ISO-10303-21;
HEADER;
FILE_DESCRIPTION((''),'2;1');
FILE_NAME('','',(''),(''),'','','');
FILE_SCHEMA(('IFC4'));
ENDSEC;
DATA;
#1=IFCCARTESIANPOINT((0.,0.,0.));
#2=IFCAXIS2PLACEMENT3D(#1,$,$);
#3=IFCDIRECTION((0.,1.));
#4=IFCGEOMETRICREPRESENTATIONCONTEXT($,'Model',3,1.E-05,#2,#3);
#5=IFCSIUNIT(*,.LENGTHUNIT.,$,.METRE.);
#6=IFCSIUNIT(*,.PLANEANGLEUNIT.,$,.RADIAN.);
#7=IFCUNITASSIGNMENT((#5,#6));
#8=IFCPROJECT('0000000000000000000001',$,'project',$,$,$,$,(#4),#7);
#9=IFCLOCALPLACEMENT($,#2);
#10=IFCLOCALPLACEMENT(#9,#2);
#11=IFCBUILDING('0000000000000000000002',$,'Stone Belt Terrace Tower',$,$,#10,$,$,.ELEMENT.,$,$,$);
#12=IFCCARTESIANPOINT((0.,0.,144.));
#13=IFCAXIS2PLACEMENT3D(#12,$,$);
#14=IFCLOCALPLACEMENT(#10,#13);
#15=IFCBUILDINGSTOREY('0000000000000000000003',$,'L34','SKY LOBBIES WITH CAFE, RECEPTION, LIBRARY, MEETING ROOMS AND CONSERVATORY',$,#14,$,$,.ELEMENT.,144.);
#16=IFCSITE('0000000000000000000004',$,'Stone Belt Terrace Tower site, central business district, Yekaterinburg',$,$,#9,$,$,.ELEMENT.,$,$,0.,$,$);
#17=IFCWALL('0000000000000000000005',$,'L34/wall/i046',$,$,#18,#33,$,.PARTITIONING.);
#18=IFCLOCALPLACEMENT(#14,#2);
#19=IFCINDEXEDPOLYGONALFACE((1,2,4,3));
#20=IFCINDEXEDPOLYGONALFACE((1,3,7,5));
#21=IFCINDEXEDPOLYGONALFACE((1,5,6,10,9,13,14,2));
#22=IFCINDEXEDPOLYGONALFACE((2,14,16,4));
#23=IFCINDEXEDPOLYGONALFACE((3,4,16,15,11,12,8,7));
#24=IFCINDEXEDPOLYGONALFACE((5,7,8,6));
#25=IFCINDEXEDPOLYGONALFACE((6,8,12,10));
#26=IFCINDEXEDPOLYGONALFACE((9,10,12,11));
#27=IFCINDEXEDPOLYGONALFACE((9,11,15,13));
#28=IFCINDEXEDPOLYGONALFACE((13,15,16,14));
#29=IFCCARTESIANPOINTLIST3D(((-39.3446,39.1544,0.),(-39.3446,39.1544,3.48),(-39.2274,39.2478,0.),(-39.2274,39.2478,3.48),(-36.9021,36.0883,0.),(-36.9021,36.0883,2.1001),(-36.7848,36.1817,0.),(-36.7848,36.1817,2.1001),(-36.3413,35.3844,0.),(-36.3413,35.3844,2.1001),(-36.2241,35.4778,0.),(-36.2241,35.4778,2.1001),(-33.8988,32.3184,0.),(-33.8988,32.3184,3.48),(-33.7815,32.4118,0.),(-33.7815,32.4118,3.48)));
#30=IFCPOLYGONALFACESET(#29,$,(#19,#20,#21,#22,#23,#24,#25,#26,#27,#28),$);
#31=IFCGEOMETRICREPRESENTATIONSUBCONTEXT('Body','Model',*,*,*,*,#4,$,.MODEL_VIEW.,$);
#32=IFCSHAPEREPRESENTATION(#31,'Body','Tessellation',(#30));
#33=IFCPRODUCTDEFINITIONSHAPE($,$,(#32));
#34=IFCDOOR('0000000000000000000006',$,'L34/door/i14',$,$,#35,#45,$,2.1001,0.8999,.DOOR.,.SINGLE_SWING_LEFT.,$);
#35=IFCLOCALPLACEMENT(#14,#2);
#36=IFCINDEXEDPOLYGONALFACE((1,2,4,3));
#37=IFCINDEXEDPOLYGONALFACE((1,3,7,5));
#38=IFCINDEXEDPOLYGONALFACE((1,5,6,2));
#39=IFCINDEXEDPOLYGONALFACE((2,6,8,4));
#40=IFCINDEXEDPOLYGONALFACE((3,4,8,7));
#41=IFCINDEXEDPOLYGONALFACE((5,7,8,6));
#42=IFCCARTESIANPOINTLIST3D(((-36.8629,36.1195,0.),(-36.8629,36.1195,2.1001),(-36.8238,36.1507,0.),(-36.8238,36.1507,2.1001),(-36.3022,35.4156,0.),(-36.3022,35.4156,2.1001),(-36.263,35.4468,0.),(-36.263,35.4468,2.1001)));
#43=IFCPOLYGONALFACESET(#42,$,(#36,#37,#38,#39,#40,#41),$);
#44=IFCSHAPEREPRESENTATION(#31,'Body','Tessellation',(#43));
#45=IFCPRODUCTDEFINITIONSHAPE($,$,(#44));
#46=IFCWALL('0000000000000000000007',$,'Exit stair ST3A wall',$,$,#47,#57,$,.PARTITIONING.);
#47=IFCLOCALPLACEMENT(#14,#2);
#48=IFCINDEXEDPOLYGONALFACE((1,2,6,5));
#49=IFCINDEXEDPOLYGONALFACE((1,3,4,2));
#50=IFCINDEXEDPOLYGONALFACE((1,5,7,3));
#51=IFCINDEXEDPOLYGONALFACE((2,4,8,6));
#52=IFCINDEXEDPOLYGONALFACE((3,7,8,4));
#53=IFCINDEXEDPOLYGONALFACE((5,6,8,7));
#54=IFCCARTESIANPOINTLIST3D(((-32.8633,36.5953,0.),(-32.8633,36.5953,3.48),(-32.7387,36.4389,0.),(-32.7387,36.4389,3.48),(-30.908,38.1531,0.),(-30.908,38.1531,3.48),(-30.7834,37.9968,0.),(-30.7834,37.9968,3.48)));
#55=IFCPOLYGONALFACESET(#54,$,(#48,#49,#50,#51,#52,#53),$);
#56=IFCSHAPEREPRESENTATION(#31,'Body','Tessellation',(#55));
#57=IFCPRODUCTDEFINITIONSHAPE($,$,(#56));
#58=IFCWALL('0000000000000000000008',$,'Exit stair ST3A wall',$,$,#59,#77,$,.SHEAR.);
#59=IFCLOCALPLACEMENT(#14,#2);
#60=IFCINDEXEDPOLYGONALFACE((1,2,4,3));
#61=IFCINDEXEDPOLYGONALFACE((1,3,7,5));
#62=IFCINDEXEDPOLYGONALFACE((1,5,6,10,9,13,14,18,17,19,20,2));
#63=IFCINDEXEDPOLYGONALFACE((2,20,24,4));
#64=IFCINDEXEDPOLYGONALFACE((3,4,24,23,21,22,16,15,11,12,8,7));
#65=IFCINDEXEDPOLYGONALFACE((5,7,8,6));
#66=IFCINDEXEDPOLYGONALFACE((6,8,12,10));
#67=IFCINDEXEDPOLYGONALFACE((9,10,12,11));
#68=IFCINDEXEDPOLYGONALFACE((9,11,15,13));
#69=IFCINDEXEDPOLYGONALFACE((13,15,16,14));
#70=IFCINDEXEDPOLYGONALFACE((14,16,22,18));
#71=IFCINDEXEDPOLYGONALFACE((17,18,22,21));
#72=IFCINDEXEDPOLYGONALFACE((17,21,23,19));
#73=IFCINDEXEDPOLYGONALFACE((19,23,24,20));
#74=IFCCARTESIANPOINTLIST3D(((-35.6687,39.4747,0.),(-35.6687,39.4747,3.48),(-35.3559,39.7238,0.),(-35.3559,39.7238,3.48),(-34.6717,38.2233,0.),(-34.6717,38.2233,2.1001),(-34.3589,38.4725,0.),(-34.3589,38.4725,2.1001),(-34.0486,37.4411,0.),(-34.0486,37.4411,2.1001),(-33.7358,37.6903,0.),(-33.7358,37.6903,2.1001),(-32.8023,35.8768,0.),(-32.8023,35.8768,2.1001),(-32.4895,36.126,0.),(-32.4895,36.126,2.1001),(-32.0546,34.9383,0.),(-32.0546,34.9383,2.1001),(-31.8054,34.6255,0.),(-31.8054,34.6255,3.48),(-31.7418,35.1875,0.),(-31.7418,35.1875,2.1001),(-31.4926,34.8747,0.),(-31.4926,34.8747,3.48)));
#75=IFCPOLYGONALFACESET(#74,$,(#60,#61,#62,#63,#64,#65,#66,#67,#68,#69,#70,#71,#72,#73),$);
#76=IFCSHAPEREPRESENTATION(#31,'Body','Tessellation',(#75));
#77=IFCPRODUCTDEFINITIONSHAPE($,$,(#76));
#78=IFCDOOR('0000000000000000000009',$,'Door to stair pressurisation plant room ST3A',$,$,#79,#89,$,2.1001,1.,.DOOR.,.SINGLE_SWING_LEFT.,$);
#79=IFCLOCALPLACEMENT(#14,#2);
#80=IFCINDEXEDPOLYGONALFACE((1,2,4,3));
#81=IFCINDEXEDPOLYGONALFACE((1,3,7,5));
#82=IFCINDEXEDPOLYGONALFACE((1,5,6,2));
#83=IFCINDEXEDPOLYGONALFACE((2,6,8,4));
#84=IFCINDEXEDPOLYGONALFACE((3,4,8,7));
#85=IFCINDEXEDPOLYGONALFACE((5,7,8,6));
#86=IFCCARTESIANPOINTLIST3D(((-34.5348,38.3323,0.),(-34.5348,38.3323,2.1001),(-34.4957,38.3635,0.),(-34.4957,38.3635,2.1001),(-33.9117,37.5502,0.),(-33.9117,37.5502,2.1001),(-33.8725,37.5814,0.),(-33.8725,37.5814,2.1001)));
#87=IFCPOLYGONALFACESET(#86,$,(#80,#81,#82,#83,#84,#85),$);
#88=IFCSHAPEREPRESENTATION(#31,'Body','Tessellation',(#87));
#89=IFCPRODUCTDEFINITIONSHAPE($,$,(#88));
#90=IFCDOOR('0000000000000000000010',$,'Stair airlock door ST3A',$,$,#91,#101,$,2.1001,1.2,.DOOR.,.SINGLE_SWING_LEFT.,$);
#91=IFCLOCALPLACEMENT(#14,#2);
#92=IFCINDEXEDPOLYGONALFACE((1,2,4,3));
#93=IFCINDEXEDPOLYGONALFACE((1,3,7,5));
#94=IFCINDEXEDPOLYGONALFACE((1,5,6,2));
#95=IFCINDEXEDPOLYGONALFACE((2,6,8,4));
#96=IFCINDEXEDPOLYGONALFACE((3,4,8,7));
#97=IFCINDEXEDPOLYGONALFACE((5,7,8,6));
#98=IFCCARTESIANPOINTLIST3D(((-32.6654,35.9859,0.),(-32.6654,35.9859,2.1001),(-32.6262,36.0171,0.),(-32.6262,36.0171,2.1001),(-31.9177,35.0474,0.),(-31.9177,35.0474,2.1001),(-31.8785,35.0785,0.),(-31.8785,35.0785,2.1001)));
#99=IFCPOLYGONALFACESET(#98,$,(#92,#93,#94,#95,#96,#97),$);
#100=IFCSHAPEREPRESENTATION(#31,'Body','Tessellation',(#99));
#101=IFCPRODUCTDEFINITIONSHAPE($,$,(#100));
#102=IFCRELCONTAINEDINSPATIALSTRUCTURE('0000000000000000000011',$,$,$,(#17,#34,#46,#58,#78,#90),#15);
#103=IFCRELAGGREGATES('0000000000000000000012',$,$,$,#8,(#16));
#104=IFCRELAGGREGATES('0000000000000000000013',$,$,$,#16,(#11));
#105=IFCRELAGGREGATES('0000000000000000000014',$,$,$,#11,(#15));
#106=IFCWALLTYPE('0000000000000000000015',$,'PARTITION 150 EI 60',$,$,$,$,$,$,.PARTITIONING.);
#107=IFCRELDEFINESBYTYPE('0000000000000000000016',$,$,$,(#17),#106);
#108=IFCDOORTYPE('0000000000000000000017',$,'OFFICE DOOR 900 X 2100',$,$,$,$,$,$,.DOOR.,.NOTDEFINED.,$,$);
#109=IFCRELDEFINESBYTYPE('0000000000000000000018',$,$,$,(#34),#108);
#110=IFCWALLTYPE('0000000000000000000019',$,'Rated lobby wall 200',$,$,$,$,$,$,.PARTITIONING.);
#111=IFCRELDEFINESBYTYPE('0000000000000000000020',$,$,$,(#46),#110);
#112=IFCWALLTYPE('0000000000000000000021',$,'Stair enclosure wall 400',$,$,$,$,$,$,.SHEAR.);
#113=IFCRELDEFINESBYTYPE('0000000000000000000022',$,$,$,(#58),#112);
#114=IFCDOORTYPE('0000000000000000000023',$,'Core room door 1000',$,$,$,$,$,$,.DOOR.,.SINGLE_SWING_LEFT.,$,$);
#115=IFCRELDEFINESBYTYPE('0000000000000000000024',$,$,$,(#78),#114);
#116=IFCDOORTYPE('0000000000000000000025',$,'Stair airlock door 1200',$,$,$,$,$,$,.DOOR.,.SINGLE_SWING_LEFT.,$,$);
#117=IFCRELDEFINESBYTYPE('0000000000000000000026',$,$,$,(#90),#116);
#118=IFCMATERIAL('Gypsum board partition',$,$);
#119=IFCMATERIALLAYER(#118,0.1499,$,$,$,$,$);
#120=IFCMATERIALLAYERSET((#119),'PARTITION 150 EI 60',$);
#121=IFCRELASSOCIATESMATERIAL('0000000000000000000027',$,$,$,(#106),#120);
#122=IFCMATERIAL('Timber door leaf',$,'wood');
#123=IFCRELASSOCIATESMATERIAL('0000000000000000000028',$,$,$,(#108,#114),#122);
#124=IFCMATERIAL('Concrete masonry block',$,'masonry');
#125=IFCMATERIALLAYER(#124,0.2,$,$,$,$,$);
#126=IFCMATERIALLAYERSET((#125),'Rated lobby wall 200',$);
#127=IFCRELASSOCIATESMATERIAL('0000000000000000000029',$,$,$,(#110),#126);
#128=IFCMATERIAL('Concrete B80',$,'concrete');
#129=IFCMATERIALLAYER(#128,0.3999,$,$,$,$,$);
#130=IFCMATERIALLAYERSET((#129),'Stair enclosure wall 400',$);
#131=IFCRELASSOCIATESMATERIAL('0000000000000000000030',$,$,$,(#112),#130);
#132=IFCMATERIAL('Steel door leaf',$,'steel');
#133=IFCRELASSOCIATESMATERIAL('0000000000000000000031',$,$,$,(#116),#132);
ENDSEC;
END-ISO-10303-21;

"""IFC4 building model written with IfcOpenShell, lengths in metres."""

from ifc_helpers import new_model, si_unit, direction, frame, frame_2d, origin, place, context, subcontext, project, spatial, rectangle, extrude, material, layer, layer_set, type_object, element, fill, save


model = new_model("IFC4")

# Units and contexts
model_context = context("Model", 3, precision=1e-05, world=origin(), true_north=direction((0.0, 1.0)))
body_context = subcontext(model_context, "Body", "Model", "MODEL_VIEW")
ifc_project = project(units=[si_unit("LENGTHUNIT", "METRE"), si_unit("PLANEANGLEUNIT", "RADIAN")], contexts=[model_context])

# Site, building, storey
site_placement = place(None, origin())
site = spatial("IfcSite", under=ifc_project, at=site_placement, Name="Stone Belt Terrace Tower site, central business district, Yekaterinburg", CompositionType="ELEMENT", RefElevation=0.0)
building_placement = place(site_placement, origin())
building = spatial("IfcBuilding", under=site, at=building_placement, Name="Stone Belt Terrace Tower", CompositionType="ELEMENT")
storey_placement = place(building_placement, frame((0.0, 0.0, 144.0)))
storey = spatial("IfcBuildingStorey", under=building, at=storey_placement, Name="L34", Description="SKY LOBBIES WITH CAFE, RECEPTION, LIBRARY, MEETING ROOMS AND CONSERVATORY", CompositionType="ELEMENT", Elevation=144.0)

# Shared definitions
ifc_material_1 = material(Name="Concrete B80", Category="concrete")

# Shared definitions
ifc_material_2 = material(Name="Gypsum board partition")
ifc_layer_1 = layer(ifc_material_2, 0.1499)
ifc_layer_set_1 = layer_set([ifc_layer_1], Name="PARTITION 150 EI 60")
wall_type_1 = type_object("IfcWallType", Name="PARTITION 150 EI 60", PredefinedType="PARTITIONING", material=ifc_layer_set_1)
ifc_material_3 = material(Name="Timber door leaf", Category="wood")
door_type_1 = type_object("IfcDoorType", Name="OFFICE DOOR 900 X 2100", OperationType="NOTDEFINED", PredefinedType="DOOR", material=ifc_material_3)

# Wall, opening, door
wall_1_placement = place(storey_placement, frame((-33.8401, 32.365, 0.0), z_axis=(0.0, 0.0, 1.0), x_axis=(-0.623093, 0.782148, 0.0)))
wall_1 = element("IfcWall", 1, at=wall_1_placement, inside=storey, type_object=wall_type_1, Name="L34/wall/i046", PredefinedType="PARTITIONING", context=body_context, shape_type="SweptSolid", body=[
    extrude(rectangle(XDim=8.74, YDim=0.1499, at=frame_2d((4.3701, 0.0))), origin(), (0.0, 0.0, 1.0), 3.48),
])
opening_1_placement = place(wall_1_placement, frame((3.9202, 0.0, 0.0)))
opening_1 = element("IfcOpeningElement", 2, at=opening_1_placement, cuts=wall_1, PredefinedType="OPENING", context=body_context, shape_type="SweptSolid", body=[
    extrude(rectangle(XDim=0.8999, YDim=2.1001, at=frame_2d((0.45, 1.05))), frame((0.0, 0.085, 0.0), z_axis=(0.0, -1.0, 0.0), x_axis=(1.0, 0.0, 0.0)), (0.0, 0.0, 1.0), 0.1699),
])
door_1_placement = place(opening_1_placement, origin())
door_1 = element("IfcDoor", 3, at=door_1_placement, inside=storey, type_object=door_type_1, Name="L34/door/i14", OperationType="SINGLE_SWING_LEFT", OverallHeight=2.1001, OverallWidth=0.8999, PredefinedType="DOOR", context=body_context, shape_type="SweptSolid", body=[
    extrude(rectangle(XDim=0.8999, YDim=2.1001, at=frame_2d((0.45, 1.05))), frame((0.0, 0.0249, 0.0), z_axis=(0.0, -1.0, 0.0), x_axis=(1.0, 0.0, 0.0)), (0.0, 0.0, 1.0), 0.05),
])
fill(opening_1, door_1)

# Wall
ifc_material_4 = material(Name="Concrete masonry block", Category="masonry")
ifc_layer_2 = layer(ifc_material_4, 0.2)
ifc_layer_set_2 = layer_set([ifc_layer_2], Name="Rated lobby wall 200")
wall_type_2 = type_object("IfcWallType", Name="Rated lobby wall 200", PredefinedType="PARTITIONING", material=ifc_layer_set_2)
wall_2_placement = place(storey_placement, frame((-30.8457, 38.075, 0.0), z_axis=(0.0, 0.0, 1.0), x_axis=(-0.782115, -0.623134, 0.0)))
element("IfcWall", 4, at=wall_2_placement, inside=storey, type_object=wall_type_2, Name="Exit stair ST3A wall", PredefinedType="PARTITIONING", context=body_context, shape_type="SweptSolid", body=[
    extrude(rectangle(XDim=2.5, YDim=0.2, at=frame_2d((1.25, 0.0))), origin(), (0.0, 0.0, 1.0), 3.48),
])

# Wall, openings, doors
ifc_layer_3 = layer(ifc_material_1, 0.3999)
ifc_layer_set_3 = layer_set([ifc_layer_3], Name="Stair enclosure wall 400")
wall_type_3 = type_object("IfcWallType", Name="Stair enclosure wall 400", PredefinedType="SHEAR", material=ifc_layer_set_3)
wall_3_placement = place(storey_placement, frame((-31.6489, 34.75, 0.0), z_axis=(0.0, 0.0, 1.0), x_axis=(-0.623119, 0.782127, 0.0)))
wall_3 = element("IfcWall", 5, at=wall_3_placement, inside=storey, type_object=wall_type_3, Name="Exit stair ST3A wall", PredefinedType="SHEAR", context=body_context, shape_type="SweptSolid", body=[
    extrude(rectangle(XDim=6.2, YDim=0.3999, at=frame_2d((3.1001, 0.0))), origin(), (0.0, 0.0, 1.0), 3.48),
])
opening_2_placement = place(wall_3_placement, frame((0.3999, 0.0, 0.0)))
opening_2 = element("IfcOpeningElement", 6, at=opening_2_placement, cuts=wall_3, PredefinedType="OPENING", context=body_context, shape_type="SweptSolid", body=[
    extrude(rectangle(XDim=1.2, YDim=2.1001, at=frame_2d((0.6001, 1.05))), frame((0.0, 0.21, 0.0), z_axis=(0.0, -1.0, 0.0), x_axis=(1.0, 0.0, 0.0)), (0.0, 0.0, 1.0), 0.4199),
])
opening_3_placement = place(wall_3_placement, frame((3.6001, 0.0, 0.0)))
opening_3 = element("IfcOpeningElement", 7, at=opening_3_placement, cuts=wall_3, PredefinedType="OPENING", context=body_context, shape_type="SweptSolid", body=[
    extrude(rectangle(XDim=1.0, YDim=2.1001, at=frame_2d((0.5, 1.05))), frame((0.0, 0.21, 0.0), z_axis=(0.0, -1.0, 0.0), x_axis=(1.0, 0.0, 0.0)), (0.0, 0.0, 1.0), 0.4199),
])
door_type_2 = type_object("IfcDoorType", Name="Core room door 1000", OperationType="SINGLE_SWING_LEFT", PredefinedType="DOOR", material=ifc_material_3)
door_2_placement = place(opening_3_placement, origin())
door_2 = element("IfcDoor", 8, at=door_2_placement, inside=storey, type_object=door_type_2, Name="Door to stair pressurisation plant room ST3A", OperationType="SINGLE_SWING_LEFT", OverallHeight=2.1001, OverallWidth=1.0, PredefinedType="DOOR", context=body_context, shape_type="SweptSolid", body=[
    extrude(rectangle(XDim=1.0, YDim=2.1001, at=frame_2d((0.5, 1.05))), frame((0.0, 0.0249, 0.0), z_axis=(0.0, -1.0, 0.0), x_axis=(1.0, 0.0, 0.0)), (0.0, 0.0, 1.0), 0.05),
])
fill(opening_3, door_2)
ifc_material_5 = material(Name="Steel door leaf", Category="steel")
door_type_3 = type_object("IfcDoorType", Name="Stair airlock door 1200", OperationType="SINGLE_SWING_LEFT", PredefinedType="DOOR", material=ifc_material_5)
door_3_placement = place(opening_2_placement, origin())
door_3 = element("IfcDoor", 9, at=door_3_placement, inside=storey, type_object=door_type_3, Name="Stair airlock door ST3A", OperationType="SINGLE_SWING_LEFT", OverallHeight=2.1001, OverallWidth=1.2, PredefinedType="DOOR", context=body_context, shape_type="SweptSolid", body=[
    extrude(rectangle(XDim=1.2, YDim=2.1001, at=frame_2d((0.6001, 1.05))), frame((0.0, 0.0249, 0.0), z_axis=(0.0, -1.0, 0.0), x_axis=(1.0, 0.0, 0.0)), (0.0, 0.0, 1.0), 0.05),
])
fill(opening_2, door_3)

save(model, "model.ifc")
